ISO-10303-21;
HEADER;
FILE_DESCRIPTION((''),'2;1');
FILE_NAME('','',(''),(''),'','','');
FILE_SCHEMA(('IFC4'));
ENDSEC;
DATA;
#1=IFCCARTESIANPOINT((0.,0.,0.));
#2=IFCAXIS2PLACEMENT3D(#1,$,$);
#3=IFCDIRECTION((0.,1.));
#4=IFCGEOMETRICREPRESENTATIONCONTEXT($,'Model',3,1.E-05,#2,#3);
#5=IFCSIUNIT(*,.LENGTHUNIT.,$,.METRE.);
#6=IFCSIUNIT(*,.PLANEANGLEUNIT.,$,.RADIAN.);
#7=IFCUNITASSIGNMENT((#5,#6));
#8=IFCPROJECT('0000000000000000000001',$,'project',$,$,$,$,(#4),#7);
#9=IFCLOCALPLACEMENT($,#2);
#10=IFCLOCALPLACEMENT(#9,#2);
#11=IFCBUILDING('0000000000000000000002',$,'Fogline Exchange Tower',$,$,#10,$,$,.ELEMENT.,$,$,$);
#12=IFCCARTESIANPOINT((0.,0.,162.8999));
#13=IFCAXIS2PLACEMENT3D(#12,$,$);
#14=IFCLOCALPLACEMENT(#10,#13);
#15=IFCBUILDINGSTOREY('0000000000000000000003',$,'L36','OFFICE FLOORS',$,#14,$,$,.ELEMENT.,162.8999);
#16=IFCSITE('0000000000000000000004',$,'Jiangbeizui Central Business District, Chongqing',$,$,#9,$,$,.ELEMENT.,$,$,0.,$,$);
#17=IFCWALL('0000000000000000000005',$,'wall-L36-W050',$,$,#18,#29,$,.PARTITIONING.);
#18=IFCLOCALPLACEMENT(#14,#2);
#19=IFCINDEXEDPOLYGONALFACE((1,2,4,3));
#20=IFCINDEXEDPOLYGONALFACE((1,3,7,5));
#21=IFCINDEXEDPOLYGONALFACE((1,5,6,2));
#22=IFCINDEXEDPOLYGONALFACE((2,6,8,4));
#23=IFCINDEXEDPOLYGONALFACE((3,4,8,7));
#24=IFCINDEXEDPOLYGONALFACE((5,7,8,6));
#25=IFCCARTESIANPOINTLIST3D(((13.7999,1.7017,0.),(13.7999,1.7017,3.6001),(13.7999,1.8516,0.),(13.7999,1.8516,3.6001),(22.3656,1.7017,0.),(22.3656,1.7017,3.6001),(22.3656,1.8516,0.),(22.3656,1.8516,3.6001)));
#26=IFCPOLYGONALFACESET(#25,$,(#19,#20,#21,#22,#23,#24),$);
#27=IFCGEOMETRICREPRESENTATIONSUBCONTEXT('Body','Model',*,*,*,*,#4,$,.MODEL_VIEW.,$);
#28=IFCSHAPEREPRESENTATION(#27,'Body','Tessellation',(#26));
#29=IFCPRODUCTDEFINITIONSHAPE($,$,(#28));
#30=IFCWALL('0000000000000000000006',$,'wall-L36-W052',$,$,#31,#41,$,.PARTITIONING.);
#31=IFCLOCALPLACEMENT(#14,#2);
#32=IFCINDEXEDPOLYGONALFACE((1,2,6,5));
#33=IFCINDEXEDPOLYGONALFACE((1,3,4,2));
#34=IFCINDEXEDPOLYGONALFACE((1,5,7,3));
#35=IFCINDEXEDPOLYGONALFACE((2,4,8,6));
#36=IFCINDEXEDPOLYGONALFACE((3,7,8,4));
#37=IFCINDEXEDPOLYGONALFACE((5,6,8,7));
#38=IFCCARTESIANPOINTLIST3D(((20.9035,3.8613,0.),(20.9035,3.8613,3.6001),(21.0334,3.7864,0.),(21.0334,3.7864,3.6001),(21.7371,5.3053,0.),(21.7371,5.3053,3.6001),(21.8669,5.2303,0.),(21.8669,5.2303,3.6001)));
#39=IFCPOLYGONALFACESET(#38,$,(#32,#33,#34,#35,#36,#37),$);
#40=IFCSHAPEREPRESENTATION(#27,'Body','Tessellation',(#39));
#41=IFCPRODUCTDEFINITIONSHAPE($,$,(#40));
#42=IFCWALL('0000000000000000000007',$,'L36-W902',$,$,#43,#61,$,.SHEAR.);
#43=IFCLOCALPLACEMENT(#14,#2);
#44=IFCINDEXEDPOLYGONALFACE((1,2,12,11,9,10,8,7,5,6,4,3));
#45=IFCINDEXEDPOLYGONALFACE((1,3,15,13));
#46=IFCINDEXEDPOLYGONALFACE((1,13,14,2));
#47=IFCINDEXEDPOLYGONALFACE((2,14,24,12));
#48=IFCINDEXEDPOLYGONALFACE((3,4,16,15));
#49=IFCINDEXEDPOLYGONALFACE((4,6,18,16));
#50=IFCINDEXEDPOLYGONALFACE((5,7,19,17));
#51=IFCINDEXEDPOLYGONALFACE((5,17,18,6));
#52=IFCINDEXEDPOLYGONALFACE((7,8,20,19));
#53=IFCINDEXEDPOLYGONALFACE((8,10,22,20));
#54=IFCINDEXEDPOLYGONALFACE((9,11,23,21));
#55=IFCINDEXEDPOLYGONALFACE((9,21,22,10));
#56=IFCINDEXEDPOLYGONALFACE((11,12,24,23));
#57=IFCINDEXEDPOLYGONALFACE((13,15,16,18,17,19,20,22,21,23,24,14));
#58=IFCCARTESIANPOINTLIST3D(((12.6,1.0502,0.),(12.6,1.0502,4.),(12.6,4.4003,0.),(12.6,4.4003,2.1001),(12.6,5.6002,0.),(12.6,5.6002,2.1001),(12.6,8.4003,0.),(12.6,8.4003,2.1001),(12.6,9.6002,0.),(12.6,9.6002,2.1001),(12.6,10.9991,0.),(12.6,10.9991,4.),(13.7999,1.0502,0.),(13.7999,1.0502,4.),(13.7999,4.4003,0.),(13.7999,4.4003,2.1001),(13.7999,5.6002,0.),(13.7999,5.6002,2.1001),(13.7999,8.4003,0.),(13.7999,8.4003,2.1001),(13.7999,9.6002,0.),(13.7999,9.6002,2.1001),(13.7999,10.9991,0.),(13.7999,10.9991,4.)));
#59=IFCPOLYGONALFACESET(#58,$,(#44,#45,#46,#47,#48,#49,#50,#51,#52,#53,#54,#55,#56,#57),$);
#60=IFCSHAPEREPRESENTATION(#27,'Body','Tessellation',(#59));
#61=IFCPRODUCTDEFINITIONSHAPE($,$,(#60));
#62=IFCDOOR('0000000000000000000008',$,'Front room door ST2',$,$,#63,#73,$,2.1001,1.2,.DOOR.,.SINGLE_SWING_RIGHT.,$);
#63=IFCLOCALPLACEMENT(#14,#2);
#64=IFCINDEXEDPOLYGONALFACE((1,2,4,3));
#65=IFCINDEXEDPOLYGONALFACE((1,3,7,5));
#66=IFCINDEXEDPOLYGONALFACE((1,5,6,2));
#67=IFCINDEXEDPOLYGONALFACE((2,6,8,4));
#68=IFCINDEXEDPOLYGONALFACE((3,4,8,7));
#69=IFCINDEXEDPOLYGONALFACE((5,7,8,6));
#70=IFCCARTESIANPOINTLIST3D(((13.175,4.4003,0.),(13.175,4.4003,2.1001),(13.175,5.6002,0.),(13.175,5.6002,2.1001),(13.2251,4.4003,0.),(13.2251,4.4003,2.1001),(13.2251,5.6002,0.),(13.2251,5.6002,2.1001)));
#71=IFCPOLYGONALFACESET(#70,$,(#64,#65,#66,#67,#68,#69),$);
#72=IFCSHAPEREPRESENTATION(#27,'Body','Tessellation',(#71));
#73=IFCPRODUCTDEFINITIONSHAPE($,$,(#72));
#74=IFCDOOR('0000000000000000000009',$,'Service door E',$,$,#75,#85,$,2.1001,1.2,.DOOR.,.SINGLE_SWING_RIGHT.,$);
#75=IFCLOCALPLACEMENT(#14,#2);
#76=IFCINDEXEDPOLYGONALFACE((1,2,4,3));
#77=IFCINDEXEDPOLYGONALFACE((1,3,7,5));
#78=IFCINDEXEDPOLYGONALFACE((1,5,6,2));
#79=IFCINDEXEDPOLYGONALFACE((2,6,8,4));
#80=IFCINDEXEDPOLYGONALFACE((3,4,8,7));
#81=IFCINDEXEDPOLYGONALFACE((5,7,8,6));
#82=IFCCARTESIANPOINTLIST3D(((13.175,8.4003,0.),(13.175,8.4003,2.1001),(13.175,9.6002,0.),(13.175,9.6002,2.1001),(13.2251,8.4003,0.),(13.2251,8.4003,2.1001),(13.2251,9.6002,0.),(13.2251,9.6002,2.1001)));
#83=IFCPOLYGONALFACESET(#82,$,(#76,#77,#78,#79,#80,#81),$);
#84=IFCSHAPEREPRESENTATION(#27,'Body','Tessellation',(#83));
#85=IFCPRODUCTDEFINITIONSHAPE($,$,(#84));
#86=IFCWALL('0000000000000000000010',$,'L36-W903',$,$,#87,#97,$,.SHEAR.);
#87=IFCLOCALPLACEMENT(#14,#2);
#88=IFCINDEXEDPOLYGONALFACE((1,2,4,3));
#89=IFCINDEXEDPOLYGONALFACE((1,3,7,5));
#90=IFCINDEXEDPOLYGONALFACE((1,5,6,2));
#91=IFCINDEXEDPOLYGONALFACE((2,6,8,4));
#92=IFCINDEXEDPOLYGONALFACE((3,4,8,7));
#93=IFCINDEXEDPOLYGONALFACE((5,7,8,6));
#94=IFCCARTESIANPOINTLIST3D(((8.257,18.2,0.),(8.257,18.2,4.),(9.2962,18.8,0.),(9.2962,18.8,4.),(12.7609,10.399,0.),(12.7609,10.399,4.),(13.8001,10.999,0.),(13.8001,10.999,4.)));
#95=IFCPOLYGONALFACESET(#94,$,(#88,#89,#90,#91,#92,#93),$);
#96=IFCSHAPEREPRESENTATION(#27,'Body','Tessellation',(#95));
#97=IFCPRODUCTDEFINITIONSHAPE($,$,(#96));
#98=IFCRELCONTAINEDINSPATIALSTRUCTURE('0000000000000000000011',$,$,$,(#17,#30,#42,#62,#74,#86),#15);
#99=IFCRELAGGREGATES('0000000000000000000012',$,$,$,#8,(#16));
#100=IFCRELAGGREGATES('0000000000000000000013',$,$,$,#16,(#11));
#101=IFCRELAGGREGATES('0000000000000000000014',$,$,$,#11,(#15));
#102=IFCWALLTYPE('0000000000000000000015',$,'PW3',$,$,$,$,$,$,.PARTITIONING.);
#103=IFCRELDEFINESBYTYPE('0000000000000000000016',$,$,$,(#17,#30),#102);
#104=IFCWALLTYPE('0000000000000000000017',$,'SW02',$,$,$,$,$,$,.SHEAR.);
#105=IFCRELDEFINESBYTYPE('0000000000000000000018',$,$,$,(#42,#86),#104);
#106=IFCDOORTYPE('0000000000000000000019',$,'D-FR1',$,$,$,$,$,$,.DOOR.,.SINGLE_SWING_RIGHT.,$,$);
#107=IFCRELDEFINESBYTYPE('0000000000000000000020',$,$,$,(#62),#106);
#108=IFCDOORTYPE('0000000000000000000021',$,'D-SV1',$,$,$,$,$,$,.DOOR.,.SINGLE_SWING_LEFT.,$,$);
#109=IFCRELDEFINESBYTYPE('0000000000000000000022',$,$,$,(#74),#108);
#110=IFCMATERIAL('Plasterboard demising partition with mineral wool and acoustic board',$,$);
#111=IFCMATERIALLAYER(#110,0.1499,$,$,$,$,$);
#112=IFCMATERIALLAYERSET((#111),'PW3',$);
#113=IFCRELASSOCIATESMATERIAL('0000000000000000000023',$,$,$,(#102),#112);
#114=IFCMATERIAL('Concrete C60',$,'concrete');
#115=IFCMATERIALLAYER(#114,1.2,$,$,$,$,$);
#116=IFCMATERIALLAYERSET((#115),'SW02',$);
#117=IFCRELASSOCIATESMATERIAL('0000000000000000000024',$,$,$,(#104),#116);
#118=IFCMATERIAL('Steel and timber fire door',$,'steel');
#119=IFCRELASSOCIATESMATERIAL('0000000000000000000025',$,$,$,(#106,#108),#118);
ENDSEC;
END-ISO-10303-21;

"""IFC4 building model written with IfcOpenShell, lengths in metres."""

from ifc_helpers import new_model, si_unit, direction, frame, frame_2d, origin, place, context, subcontext, project, spatial, rectangle, extrude, material, layer, layer_set, type_object, element, fill, save


model = new_model("IFC4")

# Units and contexts
model_context = context("Model", 3, precision=1e-05, world=origin(), true_north=direction((0.0, 1.0)))
body_context = subcontext(model_context, "Body", "Model", "MODEL_VIEW")
ifc_project = project(units=[si_unit("LENGTHUNIT", "METRE"), si_unit("PLANEANGLEUNIT", "RADIAN")], contexts=[model_context])

# Site, building, storey
site_placement = place(None, origin())
site = spatial("IfcSite", under=ifc_project, at=site_placement, Name="Jiangbeizui Central Business District, Chongqing", CompositionType="ELEMENT", RefElevation=0.0)
building_placement = place(site_placement, origin())
building = spatial("IfcBuilding", under=site, at=building_placement, Name="Fogline Exchange Tower", CompositionType="ELEMENT")
storey_placement = place(building_placement, frame((0.0, 0.0, 162.8999)))
storey = spatial("IfcBuildingStorey", under=building, at=storey_placement, Name="L36", Description="OFFICE FLOORS", CompositionType="ELEMENT", Elevation=162.8999)

# Shared definitions
ifc_material_1 = material(Name="Steel and timber fire door", Category="steel")

# Walls
ifc_material_2 = material(Name="Plasterboard demising partition with mineral wool and acoustic board")
ifc_layer_1 = layer(ifc_material_2, 0.1499)
ifc_layer_set_1 = layer_set([ifc_layer_1], Name="PW3")
wall_type_1 = type_object("IfcWallType", Name="PW3", PredefinedType="PARTITIONING", material=ifc_layer_set_1)
wall_1_placement = place(storey_placement, frame((13.8, 1.7766, 0.0), z_axis=(0.0, 0.0, 1.0), x_axis=(1.0, 0.0, 0.0)))
element("IfcWall", 1, at=wall_1_placement, inside=storey, type_object=wall_type_1, Name="wall-L36-W050", PredefinedType="PARTITIONING", context=body_context, shape_type="SweptSolid", body=[
    extrude(rectangle(XDim=8.5657, YDim=0.1499, at=frame_2d((4.2827, 0.0))), origin(), (0.0, 0.0, 1.0), 3.6001),
])
wall_2_placement = place(storey_placement, frame((20.9685, 3.824, 0.0), z_axis=(0.0, 0.0, 1.0), x_axis=(0.499951, 0.866054, 0.0)))
element("IfcWall", 2, at=wall_2_placement, inside=storey, type_object=wall_type_1, Name="wall-L36-W052", PredefinedType="PARTITIONING", context=body_context, shape_type="SweptSolid", body=[
    extrude(rectangle(XDim=1.6672, YDim=0.1499, at=frame_2d((0.8335, 0.0))), origin(), (0.0, 0.0, 1.0), 3.6001),
])

# Wall, openings, doors
ifc_material_3 = material(Name="Concrete C60", Category="concrete")
ifc_layer_2 = layer(ifc_material_3, 1.2)
ifc_layer_set_2 = layer_set([ifc_layer_2], Name="SW02")
wall_type_2 = type_object("IfcWallType", Name="SW02", PredefinedType="SHEAR", material=ifc_layer_set_2)
wall_3_placement = place(storey_placement, frame((13.2, 1.05, 0.0), z_axis=(0.0, 0.0, 1.0), x_axis=(0.0, 1.0, 0.0)))
wall_3 = element("IfcWall", 3, at=wall_3_placement, inside=storey, type_object=wall_type_2, Name="L36-W902", PredefinedType="SHEAR", context=body_context, shape_type="SweptSolid", body=[
    extrude(rectangle(XDim=9.949, YDim=1.2, at=frame_2d((4.9746, 0.0))), origin(), (0.0, 0.0, 1.0), 4.0),
])
opening_1_placement = place(wall_3_placement, frame((3.3501, 0.0, 0.0)))
opening_1 = element("IfcOpeningElement", 4, at=opening_1_placement, cuts=wall_3, PredefinedType="OPENING", context=body_context, shape_type="SweptSolid", body=[
    extrude(rectangle(XDim=1.2, YDim=2.1001, at=frame_2d((0.6001, 1.05))), frame((0.0, 0.6099, 0.0), z_axis=(0.0, -1.0, 0.0), x_axis=(1.0, 0.0, 0.0)), (0.0, 0.0, 1.0), 1.22),
])
opening_2_placement = place(wall_3_placement, frame((7.3501, 0.0, 0.0)))
opening_2 = element("IfcOpeningElement", 5, at=opening_2_placement, cuts=wall_3, PredefinedType="OPENING", context=body_context, shape_type="SweptSolid", body=[
    extrude(rectangle(XDim=1.2, YDim=2.1001, at=frame_2d((0.6001, 1.05))), frame((0.0, 0.6099, 0.0), z_axis=(0.0, -1.0, 0.0), x_axis=(1.0, 0.0, 0.0)), (0.0, 0.0, 1.0), 1.22),
])
door_type_1 = type_object("IfcDoorType", Name="D-FR1", OperationType="SINGLE_SWING_RIGHT", PredefinedType="DOOR", material=ifc_material_1)
door_1_placement = place(opening_1_placement, origin())
door_1 = element("IfcDoor", 6, at=door_1_placement, inside=storey, type_object=door_type_1, Name="Front room door ST2", OperationType="SINGLE_SWING_RIGHT", OverallHeight=2.1001, OverallWidth=1.2, PredefinedType="DOOR", context=body_context, shape_type="SweptSolid", body=[
    extrude(rectangle(XDim=1.2, YDim=2.1001, at=frame_2d((0.6001, 1.05))), frame((0.0, 0.0249, 0.0), z_axis=(0.0, -1.0, 0.0), x_axis=(1.0, 0.0, 0.0)), (0.0, 0.0, 1.0), 0.05),
])
fill(opening_1, door_1)
door_type_2 = type_object("IfcDoorType", Name="D-SV1", OperationType="SINGLE_SWING_LEFT", PredefinedType="DOOR", material=ifc_material_1)
door_2_placement = place(opening_2_placement, origin())
door_2 = element("IfcDoor", 7, at=door_2_placement, inside=storey, type_object=door_type_2, Name="Service door E", OperationType="SINGLE_SWING_RIGHT", OverallHeight=2.1001, OverallWidth=1.2, PredefinedType="DOOR", context=body_context, shape_type="SweptSolid", body=[
    extrude(rectangle(XDim=1.2, YDim=2.1001, at=frame_2d((0.6001, 1.05))), frame((0.0, 0.0249, 0.0), z_axis=(0.0, -1.0, 0.0), x_axis=(1.0, 0.0, 0.0)), (0.0, 0.0, 1.0), 0.05),
])
fill(opening_2, door_2)

# Wall
wall_4_placement = place(storey_placement, frame((13.2805, 10.699, 0.0), z_axis=(0.0, 0.0, 1.0), x_axis=(-0.499999, 0.866026, 0.0)))
element("IfcWall", 8, at=wall_4_placement, inside=storey, type_object=wall_type_2, Name="L36-W903", PredefinedType="SHEAR", context=body_context, shape_type="SweptSolid", body=[
    extrude(rectangle(XDim=9.0078, YDim=1.2, at=frame_2d((4.5039, 0.0))), origin(), (0.0, 0.0, 1.0), 4.0),
])

save(model, "model.ifc")
